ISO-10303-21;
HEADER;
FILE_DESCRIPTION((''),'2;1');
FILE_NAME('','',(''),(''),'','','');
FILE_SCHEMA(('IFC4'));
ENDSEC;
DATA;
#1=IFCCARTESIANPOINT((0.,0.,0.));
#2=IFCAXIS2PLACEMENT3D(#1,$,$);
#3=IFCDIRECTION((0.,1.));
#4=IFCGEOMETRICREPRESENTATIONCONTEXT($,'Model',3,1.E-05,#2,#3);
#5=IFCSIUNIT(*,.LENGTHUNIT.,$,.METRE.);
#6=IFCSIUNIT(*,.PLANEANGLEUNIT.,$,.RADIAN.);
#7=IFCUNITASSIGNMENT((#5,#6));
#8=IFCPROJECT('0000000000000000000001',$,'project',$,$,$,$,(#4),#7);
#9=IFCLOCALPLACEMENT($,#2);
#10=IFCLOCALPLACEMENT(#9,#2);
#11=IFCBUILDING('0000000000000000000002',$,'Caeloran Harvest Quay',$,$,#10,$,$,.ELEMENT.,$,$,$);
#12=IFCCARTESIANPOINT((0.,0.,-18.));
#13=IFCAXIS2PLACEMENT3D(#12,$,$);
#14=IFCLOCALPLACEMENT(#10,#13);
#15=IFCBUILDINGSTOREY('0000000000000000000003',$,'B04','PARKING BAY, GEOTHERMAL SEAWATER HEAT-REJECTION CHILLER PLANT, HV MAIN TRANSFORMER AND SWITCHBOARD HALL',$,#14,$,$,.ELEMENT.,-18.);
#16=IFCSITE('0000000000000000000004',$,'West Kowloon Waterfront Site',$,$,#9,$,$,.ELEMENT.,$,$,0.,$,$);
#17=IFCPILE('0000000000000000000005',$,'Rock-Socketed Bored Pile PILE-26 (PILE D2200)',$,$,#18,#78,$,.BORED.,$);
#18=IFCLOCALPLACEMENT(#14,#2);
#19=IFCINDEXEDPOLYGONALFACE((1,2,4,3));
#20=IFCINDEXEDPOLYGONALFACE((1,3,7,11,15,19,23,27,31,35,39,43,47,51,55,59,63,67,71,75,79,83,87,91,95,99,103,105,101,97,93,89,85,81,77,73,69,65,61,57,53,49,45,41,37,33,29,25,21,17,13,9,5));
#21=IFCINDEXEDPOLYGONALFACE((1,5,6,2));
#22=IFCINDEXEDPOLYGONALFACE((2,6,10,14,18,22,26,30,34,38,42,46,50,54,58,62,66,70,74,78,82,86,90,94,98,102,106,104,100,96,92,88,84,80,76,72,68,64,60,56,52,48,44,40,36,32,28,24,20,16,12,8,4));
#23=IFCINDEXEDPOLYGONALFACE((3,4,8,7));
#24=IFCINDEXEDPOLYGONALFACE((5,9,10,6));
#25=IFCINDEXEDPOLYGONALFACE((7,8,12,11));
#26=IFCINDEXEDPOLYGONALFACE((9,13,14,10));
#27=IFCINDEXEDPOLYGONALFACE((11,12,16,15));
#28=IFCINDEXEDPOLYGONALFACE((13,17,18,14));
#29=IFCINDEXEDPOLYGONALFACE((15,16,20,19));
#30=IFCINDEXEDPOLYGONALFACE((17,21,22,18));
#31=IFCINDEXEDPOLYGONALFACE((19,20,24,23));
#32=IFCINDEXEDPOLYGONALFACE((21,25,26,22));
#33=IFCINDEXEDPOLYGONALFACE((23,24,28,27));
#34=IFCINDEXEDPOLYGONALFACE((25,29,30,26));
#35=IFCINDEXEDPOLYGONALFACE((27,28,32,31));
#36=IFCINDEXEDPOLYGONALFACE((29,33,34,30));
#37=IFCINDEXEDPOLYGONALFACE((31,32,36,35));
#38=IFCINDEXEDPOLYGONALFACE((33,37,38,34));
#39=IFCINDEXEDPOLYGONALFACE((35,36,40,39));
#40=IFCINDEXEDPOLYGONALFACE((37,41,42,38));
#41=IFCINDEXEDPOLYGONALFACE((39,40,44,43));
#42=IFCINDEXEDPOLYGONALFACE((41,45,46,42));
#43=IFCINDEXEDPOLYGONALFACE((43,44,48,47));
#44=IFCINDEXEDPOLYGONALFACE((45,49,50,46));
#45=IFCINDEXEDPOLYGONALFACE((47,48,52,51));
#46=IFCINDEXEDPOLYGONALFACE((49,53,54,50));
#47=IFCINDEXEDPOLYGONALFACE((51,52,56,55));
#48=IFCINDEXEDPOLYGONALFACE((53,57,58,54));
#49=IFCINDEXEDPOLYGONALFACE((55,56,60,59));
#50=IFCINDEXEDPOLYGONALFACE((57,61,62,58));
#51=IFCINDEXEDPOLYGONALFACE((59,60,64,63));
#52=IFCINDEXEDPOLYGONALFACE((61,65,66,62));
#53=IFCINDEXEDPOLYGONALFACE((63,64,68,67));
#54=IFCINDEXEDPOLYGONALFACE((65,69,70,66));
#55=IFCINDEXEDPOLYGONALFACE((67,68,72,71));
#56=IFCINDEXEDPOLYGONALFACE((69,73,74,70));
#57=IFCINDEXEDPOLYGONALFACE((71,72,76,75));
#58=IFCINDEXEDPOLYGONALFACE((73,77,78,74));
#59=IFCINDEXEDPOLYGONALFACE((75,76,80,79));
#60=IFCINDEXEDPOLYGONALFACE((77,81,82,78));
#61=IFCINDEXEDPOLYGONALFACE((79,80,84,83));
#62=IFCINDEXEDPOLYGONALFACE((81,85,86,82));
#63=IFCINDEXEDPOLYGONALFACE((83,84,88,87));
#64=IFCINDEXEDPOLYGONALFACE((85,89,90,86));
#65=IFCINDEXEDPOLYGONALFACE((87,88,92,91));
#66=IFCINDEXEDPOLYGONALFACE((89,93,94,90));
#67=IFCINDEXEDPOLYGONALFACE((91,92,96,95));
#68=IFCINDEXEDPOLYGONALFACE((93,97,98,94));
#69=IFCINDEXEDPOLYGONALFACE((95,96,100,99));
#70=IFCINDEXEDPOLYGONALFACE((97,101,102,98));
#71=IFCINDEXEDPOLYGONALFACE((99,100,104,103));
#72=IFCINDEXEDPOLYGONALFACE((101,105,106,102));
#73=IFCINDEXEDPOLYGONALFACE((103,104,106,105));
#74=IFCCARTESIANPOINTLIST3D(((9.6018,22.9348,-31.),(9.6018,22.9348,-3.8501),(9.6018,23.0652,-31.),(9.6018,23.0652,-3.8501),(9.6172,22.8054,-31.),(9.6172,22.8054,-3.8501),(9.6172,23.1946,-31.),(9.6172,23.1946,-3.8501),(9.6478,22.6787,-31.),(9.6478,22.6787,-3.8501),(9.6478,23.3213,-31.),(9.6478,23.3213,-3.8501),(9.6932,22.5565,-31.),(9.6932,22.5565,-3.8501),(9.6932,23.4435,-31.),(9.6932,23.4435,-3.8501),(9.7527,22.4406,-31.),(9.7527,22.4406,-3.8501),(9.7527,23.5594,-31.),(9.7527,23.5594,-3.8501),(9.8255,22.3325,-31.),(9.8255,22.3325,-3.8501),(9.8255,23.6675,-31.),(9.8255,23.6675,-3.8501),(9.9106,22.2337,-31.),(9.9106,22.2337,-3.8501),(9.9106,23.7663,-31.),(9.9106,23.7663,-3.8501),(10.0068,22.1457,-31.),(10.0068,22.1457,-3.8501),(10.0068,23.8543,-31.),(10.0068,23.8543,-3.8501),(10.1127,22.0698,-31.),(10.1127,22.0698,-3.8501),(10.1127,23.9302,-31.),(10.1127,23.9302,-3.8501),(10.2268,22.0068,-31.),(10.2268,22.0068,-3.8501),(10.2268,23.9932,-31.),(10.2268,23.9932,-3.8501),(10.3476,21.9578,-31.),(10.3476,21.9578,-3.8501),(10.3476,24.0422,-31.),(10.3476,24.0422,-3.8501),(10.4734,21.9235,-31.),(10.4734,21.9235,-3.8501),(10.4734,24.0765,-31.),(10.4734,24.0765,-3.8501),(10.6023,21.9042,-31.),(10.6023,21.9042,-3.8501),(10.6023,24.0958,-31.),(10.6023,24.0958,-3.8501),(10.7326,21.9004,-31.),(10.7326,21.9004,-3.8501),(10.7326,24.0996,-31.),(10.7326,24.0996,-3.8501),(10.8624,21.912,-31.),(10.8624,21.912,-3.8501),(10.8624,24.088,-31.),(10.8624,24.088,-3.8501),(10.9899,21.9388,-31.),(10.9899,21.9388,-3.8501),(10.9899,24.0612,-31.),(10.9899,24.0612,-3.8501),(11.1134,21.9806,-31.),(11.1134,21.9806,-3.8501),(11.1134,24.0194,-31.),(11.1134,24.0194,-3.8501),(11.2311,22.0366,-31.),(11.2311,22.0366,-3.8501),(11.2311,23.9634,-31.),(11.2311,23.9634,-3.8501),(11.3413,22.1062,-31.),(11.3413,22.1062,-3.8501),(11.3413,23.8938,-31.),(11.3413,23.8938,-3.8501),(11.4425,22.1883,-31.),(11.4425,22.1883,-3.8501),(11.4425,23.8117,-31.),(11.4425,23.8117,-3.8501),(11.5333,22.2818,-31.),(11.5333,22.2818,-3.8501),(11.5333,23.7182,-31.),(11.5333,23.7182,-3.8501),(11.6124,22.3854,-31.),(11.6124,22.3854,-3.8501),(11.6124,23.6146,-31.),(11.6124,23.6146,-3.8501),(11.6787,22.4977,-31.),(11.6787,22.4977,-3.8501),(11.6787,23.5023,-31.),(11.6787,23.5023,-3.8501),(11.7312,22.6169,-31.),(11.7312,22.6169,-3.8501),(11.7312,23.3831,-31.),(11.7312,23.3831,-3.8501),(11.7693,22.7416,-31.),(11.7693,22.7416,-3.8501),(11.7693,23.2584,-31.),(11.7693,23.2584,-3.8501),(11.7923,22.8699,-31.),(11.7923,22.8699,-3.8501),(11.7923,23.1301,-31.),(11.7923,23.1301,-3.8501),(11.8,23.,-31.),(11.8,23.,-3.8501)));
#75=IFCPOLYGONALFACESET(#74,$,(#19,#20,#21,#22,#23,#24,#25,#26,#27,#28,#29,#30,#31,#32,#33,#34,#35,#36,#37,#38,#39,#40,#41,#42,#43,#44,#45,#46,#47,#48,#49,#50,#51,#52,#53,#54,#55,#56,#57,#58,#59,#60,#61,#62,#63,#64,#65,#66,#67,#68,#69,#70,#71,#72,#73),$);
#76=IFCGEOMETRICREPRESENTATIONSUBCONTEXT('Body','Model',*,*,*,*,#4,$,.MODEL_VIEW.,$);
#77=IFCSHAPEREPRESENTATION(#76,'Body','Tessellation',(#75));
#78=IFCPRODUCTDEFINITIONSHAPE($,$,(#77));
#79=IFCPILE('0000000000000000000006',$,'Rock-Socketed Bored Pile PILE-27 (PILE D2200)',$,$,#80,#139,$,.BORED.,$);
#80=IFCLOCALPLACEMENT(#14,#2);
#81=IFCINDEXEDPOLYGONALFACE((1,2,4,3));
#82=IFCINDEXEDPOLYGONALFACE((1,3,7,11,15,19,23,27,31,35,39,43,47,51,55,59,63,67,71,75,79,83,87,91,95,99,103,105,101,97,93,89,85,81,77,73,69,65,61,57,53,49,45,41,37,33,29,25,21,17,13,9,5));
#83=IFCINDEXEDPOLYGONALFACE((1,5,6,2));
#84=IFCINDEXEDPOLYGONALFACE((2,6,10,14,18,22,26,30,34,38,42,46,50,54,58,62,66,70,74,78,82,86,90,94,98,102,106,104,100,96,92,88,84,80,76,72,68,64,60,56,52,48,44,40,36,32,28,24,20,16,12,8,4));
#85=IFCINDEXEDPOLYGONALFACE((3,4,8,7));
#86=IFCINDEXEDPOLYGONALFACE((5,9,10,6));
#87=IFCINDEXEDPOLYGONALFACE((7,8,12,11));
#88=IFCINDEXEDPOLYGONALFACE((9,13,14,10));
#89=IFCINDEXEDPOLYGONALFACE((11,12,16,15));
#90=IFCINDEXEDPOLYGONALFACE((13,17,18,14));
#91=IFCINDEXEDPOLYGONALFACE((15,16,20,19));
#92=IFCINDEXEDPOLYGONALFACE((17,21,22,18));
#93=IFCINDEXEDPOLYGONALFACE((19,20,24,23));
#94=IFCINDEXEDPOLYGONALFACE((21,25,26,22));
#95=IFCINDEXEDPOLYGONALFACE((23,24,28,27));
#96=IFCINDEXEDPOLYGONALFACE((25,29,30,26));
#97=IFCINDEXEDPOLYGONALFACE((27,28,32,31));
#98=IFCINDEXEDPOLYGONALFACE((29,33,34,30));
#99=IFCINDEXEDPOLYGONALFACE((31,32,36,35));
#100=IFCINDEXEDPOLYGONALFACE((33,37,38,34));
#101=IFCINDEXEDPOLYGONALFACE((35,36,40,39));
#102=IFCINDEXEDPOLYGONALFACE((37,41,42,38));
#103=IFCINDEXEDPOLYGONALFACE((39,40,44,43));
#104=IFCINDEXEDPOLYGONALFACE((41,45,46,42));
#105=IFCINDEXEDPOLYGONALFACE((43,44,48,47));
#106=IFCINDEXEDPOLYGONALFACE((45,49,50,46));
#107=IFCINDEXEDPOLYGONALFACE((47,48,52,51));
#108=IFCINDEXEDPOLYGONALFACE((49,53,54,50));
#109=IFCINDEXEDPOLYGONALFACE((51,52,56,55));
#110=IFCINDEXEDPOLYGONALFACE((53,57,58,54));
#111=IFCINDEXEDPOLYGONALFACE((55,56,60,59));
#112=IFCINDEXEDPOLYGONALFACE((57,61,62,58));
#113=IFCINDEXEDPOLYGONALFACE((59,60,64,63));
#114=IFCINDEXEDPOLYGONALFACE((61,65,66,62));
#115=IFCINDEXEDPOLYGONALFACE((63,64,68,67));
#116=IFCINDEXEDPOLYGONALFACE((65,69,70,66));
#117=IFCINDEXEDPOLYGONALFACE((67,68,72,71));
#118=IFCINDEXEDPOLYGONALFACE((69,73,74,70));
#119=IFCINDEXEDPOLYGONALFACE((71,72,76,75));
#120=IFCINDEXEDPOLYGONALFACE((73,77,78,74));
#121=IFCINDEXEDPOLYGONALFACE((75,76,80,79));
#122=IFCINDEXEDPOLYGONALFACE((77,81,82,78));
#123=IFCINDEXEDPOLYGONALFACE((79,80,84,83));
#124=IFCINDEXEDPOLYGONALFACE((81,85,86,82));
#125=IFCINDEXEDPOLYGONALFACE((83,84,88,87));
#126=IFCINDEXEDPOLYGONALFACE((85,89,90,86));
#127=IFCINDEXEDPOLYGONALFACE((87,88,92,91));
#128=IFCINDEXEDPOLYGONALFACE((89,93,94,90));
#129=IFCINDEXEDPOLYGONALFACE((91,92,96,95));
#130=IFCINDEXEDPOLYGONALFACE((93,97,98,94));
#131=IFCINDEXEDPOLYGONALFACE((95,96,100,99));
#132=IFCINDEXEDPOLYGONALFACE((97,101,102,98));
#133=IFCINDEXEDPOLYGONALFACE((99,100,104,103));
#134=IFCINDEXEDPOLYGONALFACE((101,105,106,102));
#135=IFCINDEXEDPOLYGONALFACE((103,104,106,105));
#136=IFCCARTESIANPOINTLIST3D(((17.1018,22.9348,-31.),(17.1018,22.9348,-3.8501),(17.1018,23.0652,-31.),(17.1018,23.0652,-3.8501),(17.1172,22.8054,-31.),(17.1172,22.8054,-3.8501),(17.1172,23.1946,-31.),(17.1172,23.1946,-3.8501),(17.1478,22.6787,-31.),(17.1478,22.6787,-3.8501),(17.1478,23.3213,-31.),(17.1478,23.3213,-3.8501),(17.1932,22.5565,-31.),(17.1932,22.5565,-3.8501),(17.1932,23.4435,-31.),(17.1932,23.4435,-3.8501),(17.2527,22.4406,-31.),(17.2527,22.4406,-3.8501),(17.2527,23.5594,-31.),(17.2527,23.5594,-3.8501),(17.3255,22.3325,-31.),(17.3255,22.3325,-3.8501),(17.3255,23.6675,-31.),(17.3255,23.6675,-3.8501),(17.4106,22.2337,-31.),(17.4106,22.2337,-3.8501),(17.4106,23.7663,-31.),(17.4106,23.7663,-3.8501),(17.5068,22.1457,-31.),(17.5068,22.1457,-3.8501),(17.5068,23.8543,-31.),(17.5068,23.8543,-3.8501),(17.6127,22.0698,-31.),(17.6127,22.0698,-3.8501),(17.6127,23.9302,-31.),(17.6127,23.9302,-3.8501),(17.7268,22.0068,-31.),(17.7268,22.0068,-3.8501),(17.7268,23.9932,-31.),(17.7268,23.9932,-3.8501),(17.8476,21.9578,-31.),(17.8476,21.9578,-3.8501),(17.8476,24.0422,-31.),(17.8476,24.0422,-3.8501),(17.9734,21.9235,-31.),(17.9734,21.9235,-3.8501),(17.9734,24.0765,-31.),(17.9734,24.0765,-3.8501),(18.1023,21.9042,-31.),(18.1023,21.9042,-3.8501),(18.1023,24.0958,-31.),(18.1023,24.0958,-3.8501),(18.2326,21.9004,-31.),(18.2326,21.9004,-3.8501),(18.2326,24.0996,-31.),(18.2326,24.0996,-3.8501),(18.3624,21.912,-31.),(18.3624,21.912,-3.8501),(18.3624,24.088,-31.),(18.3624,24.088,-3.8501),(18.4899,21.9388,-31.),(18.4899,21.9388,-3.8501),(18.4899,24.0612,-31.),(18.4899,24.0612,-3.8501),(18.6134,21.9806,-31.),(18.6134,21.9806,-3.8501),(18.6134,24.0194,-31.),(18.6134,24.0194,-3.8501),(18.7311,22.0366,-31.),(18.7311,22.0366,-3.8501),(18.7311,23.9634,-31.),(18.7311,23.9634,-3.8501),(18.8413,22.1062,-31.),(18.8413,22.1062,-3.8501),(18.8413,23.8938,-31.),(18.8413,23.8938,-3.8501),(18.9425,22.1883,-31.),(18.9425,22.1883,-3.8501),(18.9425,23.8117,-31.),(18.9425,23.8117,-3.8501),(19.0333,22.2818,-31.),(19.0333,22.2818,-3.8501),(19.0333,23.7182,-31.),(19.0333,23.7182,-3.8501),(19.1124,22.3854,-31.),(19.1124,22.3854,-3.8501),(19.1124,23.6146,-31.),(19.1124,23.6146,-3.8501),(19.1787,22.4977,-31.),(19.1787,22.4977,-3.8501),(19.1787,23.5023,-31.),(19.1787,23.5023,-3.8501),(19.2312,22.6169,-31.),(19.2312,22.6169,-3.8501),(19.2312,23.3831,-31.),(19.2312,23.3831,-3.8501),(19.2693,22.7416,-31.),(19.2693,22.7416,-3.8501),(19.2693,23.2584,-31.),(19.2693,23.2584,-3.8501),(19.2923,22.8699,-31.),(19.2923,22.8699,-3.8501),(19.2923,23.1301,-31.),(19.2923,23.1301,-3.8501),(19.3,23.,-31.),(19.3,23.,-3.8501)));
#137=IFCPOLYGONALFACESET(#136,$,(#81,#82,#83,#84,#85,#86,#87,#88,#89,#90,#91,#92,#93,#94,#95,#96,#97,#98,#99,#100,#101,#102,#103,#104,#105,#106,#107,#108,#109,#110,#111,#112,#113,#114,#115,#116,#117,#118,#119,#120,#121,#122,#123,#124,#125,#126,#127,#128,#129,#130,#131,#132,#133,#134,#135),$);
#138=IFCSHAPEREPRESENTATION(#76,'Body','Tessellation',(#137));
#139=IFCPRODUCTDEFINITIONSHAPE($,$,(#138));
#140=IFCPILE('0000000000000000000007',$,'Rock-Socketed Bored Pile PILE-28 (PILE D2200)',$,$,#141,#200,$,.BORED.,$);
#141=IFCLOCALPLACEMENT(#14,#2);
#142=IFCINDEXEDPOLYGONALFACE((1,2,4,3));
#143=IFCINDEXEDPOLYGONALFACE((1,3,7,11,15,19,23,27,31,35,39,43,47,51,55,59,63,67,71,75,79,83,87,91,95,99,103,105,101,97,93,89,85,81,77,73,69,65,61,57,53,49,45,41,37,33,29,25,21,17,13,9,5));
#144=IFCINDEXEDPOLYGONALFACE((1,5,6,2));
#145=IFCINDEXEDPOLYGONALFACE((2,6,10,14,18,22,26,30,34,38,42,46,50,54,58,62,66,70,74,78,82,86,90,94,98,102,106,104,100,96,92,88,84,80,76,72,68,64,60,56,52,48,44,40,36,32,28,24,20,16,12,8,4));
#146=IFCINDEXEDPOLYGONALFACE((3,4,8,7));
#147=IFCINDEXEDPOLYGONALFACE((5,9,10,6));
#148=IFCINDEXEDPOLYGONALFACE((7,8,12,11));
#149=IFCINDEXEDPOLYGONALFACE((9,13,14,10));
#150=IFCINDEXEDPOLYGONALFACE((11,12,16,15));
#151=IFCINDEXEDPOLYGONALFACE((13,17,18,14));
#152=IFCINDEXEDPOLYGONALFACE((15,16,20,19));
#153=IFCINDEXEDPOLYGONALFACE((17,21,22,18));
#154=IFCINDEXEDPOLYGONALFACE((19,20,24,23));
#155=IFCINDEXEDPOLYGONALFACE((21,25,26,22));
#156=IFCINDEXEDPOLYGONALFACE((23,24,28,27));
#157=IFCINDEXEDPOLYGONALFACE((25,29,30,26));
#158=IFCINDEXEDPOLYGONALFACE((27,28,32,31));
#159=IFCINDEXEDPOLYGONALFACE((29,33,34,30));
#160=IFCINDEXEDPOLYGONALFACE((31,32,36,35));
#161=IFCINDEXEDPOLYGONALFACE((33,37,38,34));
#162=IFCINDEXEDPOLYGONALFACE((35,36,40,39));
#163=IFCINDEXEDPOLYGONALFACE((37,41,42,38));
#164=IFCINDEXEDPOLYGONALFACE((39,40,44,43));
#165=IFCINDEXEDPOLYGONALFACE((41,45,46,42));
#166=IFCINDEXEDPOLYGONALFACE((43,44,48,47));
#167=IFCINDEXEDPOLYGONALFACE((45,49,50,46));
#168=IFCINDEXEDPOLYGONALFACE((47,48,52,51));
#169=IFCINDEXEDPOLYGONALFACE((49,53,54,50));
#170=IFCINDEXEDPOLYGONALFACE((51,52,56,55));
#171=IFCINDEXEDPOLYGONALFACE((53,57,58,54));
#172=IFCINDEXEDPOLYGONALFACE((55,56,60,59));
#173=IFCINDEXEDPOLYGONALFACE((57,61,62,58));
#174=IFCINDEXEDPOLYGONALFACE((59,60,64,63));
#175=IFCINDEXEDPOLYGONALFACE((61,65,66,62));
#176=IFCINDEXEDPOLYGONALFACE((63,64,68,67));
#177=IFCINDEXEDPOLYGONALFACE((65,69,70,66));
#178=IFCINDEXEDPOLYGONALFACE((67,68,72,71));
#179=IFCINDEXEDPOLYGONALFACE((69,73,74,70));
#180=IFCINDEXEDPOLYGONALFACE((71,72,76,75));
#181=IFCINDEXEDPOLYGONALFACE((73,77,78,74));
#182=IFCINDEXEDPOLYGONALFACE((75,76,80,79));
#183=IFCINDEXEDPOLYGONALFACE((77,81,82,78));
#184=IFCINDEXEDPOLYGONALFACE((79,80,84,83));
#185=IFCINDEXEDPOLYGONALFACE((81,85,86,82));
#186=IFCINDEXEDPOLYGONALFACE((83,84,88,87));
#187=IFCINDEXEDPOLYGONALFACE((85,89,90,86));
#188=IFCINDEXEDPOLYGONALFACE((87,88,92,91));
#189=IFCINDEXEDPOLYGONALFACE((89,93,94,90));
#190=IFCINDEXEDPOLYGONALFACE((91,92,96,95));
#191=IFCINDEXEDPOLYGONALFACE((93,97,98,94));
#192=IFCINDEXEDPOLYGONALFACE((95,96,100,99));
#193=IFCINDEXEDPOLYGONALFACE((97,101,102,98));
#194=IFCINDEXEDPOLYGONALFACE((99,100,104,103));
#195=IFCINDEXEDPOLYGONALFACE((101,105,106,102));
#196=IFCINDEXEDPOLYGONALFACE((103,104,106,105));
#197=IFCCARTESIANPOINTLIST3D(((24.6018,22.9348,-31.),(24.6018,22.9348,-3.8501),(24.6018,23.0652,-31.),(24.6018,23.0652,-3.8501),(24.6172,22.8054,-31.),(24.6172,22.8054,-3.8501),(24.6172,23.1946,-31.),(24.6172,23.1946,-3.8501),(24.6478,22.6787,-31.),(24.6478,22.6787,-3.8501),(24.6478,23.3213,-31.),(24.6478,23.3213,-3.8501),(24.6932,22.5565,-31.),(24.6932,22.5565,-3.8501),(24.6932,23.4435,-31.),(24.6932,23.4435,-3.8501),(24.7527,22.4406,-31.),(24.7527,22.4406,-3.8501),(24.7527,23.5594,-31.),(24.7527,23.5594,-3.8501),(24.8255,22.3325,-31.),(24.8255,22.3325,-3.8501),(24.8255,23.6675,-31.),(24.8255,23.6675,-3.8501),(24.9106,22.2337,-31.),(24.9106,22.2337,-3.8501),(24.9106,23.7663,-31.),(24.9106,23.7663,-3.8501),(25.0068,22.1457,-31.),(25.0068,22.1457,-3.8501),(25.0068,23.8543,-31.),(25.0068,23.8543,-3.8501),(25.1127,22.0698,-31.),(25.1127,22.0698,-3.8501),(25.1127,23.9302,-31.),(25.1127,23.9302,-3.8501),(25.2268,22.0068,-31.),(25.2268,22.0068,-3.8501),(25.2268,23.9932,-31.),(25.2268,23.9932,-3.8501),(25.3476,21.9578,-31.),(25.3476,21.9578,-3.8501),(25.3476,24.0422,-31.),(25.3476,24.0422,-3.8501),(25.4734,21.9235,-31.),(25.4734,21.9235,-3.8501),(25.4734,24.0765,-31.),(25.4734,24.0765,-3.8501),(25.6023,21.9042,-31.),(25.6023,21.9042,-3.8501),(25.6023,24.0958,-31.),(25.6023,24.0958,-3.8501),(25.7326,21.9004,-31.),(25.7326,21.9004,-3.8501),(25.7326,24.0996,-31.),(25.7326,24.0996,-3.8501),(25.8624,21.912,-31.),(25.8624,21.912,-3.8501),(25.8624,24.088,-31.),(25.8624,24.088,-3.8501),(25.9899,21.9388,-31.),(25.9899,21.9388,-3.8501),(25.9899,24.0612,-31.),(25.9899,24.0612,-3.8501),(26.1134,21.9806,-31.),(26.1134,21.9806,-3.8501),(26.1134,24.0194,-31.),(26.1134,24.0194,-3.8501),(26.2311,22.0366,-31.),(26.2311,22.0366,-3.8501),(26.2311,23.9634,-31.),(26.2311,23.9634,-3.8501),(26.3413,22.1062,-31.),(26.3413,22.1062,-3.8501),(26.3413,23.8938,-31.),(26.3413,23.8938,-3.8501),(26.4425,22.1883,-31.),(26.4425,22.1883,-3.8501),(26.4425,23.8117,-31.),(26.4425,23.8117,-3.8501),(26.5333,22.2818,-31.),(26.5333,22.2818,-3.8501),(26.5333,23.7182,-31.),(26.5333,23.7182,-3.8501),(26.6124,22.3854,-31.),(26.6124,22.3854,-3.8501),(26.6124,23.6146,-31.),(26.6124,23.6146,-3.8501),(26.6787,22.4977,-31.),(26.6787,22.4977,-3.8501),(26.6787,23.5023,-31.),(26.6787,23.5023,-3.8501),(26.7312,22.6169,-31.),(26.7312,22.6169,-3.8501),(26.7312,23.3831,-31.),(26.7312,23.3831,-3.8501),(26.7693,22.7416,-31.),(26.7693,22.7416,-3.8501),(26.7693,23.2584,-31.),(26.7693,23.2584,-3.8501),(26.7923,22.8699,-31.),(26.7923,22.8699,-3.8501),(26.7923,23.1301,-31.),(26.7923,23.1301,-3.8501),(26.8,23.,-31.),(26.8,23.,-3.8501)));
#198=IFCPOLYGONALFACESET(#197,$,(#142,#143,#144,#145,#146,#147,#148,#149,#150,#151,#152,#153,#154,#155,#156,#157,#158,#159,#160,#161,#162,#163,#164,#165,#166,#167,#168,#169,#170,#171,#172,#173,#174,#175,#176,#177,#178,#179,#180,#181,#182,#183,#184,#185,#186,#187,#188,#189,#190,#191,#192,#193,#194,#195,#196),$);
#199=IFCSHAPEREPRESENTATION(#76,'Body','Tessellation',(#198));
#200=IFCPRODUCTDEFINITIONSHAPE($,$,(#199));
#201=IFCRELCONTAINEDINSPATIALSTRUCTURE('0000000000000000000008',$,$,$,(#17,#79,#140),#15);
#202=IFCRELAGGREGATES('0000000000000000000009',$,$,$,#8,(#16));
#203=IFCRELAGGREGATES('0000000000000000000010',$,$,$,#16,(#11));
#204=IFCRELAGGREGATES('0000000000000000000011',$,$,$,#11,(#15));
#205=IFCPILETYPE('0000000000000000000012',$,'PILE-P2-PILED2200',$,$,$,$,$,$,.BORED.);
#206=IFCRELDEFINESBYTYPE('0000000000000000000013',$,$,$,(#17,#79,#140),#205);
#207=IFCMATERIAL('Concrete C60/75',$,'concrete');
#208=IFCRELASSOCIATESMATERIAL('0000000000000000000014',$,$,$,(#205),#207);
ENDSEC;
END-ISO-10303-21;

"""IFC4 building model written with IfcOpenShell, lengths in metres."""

from ifc_helpers import new_model, si_unit, direction, frame, origin, origin_2d, place, context, subcontext, project, spatial, circle, extrude, material, material_profile, profile_set, type_object, element, save


model = new_model("IFC4")

# Units and contexts
model_context = context("Model", 3, precision=1e-05, world=origin(), true_north=direction((0.0, 1.0)))
body_context = subcontext(model_context, "Body", "Model", "MODEL_VIEW")
ifc_project = project(units=[si_unit("LENGTHUNIT", "METRE"), si_unit("PLANEANGLEUNIT", "RADIAN")], contexts=[model_context])

# Site, building, storey
site_placement = place(None, origin())
site = spatial("IfcSite", under=ifc_project, at=site_placement, Name="West Kowloon Waterfront Site", CompositionType="ELEMENT", RefElevation=0.0)
building_placement = place(site_placement, origin())
building = spatial("IfcBuilding", under=site, at=building_placement, Name="Caeloran Harvest Quay", CompositionType="ELEMENT")
storey_placement = place(building_placement, frame((0.0, 0.0, -18.0)))
storey = spatial("IfcBuildingStorey", under=building, at=storey_placement, Name="B04", Description="PARKING BAY, GEOTHERMAL SEAWATER HEAT-REJECTION CHILLER PLANT, HV MAIN TRANSFORMER AND SWITCHBOARD HALL", CompositionType="ELEMENT", Elevation=-18.0)

# Piles
ifc_material_1 = material(Name="Concrete C60/75", Category="concrete")
ifc_material_profile_1 = material_profile(ifc_material_1, circle(Radius=1.1001, at=origin_2d()), Name="PILE D2200")
ifc_profile_set_1 = profile_set([ifc_material_profile_1], Name="Concrete C60/75")
pile_type = type_object("IfcPileType", Name="PILE-P2-PILED2200", PredefinedType="BORED", material=ifc_profile_set_1)
for number, where, z_axis, x_axis, name in (
    (1, (10.7, 23.0, -3.8501), (0.0, 0.0, -1.0), (1.0, 0.0, 0.0), "Rock-Socketed Bored Pile PILE-26 (PILE D2200)"),
    (2, (18.2, 23.0, -3.8501), (0.0, 0.0, -1.0), (1.0, 0.0, 0.0), "Rock-Socketed Bored Pile PILE-27 (PILE D2200)"),
    (3, (25.7, 23.0, -3.8501), (0.0, 0.0, -1.0), (1.0, 0.0, 0.0), "Rock-Socketed Bored Pile PILE-28 (PILE D2200)"),
):
    element("IfcPile", number, at=place(storey_placement, frame(where, z_axis=z_axis, x_axis=x_axis)), inside=storey, type_object=pile_type, Name=name, PredefinedType="BORED", context=body_context, shape_type="SweptSolid", body=[
        extrude(circle(Radius=1.1001, at=origin_2d()), origin(), (0.0, 0.0, 1.0), 27.1499),
    ])

save(model, "model.ifc")
